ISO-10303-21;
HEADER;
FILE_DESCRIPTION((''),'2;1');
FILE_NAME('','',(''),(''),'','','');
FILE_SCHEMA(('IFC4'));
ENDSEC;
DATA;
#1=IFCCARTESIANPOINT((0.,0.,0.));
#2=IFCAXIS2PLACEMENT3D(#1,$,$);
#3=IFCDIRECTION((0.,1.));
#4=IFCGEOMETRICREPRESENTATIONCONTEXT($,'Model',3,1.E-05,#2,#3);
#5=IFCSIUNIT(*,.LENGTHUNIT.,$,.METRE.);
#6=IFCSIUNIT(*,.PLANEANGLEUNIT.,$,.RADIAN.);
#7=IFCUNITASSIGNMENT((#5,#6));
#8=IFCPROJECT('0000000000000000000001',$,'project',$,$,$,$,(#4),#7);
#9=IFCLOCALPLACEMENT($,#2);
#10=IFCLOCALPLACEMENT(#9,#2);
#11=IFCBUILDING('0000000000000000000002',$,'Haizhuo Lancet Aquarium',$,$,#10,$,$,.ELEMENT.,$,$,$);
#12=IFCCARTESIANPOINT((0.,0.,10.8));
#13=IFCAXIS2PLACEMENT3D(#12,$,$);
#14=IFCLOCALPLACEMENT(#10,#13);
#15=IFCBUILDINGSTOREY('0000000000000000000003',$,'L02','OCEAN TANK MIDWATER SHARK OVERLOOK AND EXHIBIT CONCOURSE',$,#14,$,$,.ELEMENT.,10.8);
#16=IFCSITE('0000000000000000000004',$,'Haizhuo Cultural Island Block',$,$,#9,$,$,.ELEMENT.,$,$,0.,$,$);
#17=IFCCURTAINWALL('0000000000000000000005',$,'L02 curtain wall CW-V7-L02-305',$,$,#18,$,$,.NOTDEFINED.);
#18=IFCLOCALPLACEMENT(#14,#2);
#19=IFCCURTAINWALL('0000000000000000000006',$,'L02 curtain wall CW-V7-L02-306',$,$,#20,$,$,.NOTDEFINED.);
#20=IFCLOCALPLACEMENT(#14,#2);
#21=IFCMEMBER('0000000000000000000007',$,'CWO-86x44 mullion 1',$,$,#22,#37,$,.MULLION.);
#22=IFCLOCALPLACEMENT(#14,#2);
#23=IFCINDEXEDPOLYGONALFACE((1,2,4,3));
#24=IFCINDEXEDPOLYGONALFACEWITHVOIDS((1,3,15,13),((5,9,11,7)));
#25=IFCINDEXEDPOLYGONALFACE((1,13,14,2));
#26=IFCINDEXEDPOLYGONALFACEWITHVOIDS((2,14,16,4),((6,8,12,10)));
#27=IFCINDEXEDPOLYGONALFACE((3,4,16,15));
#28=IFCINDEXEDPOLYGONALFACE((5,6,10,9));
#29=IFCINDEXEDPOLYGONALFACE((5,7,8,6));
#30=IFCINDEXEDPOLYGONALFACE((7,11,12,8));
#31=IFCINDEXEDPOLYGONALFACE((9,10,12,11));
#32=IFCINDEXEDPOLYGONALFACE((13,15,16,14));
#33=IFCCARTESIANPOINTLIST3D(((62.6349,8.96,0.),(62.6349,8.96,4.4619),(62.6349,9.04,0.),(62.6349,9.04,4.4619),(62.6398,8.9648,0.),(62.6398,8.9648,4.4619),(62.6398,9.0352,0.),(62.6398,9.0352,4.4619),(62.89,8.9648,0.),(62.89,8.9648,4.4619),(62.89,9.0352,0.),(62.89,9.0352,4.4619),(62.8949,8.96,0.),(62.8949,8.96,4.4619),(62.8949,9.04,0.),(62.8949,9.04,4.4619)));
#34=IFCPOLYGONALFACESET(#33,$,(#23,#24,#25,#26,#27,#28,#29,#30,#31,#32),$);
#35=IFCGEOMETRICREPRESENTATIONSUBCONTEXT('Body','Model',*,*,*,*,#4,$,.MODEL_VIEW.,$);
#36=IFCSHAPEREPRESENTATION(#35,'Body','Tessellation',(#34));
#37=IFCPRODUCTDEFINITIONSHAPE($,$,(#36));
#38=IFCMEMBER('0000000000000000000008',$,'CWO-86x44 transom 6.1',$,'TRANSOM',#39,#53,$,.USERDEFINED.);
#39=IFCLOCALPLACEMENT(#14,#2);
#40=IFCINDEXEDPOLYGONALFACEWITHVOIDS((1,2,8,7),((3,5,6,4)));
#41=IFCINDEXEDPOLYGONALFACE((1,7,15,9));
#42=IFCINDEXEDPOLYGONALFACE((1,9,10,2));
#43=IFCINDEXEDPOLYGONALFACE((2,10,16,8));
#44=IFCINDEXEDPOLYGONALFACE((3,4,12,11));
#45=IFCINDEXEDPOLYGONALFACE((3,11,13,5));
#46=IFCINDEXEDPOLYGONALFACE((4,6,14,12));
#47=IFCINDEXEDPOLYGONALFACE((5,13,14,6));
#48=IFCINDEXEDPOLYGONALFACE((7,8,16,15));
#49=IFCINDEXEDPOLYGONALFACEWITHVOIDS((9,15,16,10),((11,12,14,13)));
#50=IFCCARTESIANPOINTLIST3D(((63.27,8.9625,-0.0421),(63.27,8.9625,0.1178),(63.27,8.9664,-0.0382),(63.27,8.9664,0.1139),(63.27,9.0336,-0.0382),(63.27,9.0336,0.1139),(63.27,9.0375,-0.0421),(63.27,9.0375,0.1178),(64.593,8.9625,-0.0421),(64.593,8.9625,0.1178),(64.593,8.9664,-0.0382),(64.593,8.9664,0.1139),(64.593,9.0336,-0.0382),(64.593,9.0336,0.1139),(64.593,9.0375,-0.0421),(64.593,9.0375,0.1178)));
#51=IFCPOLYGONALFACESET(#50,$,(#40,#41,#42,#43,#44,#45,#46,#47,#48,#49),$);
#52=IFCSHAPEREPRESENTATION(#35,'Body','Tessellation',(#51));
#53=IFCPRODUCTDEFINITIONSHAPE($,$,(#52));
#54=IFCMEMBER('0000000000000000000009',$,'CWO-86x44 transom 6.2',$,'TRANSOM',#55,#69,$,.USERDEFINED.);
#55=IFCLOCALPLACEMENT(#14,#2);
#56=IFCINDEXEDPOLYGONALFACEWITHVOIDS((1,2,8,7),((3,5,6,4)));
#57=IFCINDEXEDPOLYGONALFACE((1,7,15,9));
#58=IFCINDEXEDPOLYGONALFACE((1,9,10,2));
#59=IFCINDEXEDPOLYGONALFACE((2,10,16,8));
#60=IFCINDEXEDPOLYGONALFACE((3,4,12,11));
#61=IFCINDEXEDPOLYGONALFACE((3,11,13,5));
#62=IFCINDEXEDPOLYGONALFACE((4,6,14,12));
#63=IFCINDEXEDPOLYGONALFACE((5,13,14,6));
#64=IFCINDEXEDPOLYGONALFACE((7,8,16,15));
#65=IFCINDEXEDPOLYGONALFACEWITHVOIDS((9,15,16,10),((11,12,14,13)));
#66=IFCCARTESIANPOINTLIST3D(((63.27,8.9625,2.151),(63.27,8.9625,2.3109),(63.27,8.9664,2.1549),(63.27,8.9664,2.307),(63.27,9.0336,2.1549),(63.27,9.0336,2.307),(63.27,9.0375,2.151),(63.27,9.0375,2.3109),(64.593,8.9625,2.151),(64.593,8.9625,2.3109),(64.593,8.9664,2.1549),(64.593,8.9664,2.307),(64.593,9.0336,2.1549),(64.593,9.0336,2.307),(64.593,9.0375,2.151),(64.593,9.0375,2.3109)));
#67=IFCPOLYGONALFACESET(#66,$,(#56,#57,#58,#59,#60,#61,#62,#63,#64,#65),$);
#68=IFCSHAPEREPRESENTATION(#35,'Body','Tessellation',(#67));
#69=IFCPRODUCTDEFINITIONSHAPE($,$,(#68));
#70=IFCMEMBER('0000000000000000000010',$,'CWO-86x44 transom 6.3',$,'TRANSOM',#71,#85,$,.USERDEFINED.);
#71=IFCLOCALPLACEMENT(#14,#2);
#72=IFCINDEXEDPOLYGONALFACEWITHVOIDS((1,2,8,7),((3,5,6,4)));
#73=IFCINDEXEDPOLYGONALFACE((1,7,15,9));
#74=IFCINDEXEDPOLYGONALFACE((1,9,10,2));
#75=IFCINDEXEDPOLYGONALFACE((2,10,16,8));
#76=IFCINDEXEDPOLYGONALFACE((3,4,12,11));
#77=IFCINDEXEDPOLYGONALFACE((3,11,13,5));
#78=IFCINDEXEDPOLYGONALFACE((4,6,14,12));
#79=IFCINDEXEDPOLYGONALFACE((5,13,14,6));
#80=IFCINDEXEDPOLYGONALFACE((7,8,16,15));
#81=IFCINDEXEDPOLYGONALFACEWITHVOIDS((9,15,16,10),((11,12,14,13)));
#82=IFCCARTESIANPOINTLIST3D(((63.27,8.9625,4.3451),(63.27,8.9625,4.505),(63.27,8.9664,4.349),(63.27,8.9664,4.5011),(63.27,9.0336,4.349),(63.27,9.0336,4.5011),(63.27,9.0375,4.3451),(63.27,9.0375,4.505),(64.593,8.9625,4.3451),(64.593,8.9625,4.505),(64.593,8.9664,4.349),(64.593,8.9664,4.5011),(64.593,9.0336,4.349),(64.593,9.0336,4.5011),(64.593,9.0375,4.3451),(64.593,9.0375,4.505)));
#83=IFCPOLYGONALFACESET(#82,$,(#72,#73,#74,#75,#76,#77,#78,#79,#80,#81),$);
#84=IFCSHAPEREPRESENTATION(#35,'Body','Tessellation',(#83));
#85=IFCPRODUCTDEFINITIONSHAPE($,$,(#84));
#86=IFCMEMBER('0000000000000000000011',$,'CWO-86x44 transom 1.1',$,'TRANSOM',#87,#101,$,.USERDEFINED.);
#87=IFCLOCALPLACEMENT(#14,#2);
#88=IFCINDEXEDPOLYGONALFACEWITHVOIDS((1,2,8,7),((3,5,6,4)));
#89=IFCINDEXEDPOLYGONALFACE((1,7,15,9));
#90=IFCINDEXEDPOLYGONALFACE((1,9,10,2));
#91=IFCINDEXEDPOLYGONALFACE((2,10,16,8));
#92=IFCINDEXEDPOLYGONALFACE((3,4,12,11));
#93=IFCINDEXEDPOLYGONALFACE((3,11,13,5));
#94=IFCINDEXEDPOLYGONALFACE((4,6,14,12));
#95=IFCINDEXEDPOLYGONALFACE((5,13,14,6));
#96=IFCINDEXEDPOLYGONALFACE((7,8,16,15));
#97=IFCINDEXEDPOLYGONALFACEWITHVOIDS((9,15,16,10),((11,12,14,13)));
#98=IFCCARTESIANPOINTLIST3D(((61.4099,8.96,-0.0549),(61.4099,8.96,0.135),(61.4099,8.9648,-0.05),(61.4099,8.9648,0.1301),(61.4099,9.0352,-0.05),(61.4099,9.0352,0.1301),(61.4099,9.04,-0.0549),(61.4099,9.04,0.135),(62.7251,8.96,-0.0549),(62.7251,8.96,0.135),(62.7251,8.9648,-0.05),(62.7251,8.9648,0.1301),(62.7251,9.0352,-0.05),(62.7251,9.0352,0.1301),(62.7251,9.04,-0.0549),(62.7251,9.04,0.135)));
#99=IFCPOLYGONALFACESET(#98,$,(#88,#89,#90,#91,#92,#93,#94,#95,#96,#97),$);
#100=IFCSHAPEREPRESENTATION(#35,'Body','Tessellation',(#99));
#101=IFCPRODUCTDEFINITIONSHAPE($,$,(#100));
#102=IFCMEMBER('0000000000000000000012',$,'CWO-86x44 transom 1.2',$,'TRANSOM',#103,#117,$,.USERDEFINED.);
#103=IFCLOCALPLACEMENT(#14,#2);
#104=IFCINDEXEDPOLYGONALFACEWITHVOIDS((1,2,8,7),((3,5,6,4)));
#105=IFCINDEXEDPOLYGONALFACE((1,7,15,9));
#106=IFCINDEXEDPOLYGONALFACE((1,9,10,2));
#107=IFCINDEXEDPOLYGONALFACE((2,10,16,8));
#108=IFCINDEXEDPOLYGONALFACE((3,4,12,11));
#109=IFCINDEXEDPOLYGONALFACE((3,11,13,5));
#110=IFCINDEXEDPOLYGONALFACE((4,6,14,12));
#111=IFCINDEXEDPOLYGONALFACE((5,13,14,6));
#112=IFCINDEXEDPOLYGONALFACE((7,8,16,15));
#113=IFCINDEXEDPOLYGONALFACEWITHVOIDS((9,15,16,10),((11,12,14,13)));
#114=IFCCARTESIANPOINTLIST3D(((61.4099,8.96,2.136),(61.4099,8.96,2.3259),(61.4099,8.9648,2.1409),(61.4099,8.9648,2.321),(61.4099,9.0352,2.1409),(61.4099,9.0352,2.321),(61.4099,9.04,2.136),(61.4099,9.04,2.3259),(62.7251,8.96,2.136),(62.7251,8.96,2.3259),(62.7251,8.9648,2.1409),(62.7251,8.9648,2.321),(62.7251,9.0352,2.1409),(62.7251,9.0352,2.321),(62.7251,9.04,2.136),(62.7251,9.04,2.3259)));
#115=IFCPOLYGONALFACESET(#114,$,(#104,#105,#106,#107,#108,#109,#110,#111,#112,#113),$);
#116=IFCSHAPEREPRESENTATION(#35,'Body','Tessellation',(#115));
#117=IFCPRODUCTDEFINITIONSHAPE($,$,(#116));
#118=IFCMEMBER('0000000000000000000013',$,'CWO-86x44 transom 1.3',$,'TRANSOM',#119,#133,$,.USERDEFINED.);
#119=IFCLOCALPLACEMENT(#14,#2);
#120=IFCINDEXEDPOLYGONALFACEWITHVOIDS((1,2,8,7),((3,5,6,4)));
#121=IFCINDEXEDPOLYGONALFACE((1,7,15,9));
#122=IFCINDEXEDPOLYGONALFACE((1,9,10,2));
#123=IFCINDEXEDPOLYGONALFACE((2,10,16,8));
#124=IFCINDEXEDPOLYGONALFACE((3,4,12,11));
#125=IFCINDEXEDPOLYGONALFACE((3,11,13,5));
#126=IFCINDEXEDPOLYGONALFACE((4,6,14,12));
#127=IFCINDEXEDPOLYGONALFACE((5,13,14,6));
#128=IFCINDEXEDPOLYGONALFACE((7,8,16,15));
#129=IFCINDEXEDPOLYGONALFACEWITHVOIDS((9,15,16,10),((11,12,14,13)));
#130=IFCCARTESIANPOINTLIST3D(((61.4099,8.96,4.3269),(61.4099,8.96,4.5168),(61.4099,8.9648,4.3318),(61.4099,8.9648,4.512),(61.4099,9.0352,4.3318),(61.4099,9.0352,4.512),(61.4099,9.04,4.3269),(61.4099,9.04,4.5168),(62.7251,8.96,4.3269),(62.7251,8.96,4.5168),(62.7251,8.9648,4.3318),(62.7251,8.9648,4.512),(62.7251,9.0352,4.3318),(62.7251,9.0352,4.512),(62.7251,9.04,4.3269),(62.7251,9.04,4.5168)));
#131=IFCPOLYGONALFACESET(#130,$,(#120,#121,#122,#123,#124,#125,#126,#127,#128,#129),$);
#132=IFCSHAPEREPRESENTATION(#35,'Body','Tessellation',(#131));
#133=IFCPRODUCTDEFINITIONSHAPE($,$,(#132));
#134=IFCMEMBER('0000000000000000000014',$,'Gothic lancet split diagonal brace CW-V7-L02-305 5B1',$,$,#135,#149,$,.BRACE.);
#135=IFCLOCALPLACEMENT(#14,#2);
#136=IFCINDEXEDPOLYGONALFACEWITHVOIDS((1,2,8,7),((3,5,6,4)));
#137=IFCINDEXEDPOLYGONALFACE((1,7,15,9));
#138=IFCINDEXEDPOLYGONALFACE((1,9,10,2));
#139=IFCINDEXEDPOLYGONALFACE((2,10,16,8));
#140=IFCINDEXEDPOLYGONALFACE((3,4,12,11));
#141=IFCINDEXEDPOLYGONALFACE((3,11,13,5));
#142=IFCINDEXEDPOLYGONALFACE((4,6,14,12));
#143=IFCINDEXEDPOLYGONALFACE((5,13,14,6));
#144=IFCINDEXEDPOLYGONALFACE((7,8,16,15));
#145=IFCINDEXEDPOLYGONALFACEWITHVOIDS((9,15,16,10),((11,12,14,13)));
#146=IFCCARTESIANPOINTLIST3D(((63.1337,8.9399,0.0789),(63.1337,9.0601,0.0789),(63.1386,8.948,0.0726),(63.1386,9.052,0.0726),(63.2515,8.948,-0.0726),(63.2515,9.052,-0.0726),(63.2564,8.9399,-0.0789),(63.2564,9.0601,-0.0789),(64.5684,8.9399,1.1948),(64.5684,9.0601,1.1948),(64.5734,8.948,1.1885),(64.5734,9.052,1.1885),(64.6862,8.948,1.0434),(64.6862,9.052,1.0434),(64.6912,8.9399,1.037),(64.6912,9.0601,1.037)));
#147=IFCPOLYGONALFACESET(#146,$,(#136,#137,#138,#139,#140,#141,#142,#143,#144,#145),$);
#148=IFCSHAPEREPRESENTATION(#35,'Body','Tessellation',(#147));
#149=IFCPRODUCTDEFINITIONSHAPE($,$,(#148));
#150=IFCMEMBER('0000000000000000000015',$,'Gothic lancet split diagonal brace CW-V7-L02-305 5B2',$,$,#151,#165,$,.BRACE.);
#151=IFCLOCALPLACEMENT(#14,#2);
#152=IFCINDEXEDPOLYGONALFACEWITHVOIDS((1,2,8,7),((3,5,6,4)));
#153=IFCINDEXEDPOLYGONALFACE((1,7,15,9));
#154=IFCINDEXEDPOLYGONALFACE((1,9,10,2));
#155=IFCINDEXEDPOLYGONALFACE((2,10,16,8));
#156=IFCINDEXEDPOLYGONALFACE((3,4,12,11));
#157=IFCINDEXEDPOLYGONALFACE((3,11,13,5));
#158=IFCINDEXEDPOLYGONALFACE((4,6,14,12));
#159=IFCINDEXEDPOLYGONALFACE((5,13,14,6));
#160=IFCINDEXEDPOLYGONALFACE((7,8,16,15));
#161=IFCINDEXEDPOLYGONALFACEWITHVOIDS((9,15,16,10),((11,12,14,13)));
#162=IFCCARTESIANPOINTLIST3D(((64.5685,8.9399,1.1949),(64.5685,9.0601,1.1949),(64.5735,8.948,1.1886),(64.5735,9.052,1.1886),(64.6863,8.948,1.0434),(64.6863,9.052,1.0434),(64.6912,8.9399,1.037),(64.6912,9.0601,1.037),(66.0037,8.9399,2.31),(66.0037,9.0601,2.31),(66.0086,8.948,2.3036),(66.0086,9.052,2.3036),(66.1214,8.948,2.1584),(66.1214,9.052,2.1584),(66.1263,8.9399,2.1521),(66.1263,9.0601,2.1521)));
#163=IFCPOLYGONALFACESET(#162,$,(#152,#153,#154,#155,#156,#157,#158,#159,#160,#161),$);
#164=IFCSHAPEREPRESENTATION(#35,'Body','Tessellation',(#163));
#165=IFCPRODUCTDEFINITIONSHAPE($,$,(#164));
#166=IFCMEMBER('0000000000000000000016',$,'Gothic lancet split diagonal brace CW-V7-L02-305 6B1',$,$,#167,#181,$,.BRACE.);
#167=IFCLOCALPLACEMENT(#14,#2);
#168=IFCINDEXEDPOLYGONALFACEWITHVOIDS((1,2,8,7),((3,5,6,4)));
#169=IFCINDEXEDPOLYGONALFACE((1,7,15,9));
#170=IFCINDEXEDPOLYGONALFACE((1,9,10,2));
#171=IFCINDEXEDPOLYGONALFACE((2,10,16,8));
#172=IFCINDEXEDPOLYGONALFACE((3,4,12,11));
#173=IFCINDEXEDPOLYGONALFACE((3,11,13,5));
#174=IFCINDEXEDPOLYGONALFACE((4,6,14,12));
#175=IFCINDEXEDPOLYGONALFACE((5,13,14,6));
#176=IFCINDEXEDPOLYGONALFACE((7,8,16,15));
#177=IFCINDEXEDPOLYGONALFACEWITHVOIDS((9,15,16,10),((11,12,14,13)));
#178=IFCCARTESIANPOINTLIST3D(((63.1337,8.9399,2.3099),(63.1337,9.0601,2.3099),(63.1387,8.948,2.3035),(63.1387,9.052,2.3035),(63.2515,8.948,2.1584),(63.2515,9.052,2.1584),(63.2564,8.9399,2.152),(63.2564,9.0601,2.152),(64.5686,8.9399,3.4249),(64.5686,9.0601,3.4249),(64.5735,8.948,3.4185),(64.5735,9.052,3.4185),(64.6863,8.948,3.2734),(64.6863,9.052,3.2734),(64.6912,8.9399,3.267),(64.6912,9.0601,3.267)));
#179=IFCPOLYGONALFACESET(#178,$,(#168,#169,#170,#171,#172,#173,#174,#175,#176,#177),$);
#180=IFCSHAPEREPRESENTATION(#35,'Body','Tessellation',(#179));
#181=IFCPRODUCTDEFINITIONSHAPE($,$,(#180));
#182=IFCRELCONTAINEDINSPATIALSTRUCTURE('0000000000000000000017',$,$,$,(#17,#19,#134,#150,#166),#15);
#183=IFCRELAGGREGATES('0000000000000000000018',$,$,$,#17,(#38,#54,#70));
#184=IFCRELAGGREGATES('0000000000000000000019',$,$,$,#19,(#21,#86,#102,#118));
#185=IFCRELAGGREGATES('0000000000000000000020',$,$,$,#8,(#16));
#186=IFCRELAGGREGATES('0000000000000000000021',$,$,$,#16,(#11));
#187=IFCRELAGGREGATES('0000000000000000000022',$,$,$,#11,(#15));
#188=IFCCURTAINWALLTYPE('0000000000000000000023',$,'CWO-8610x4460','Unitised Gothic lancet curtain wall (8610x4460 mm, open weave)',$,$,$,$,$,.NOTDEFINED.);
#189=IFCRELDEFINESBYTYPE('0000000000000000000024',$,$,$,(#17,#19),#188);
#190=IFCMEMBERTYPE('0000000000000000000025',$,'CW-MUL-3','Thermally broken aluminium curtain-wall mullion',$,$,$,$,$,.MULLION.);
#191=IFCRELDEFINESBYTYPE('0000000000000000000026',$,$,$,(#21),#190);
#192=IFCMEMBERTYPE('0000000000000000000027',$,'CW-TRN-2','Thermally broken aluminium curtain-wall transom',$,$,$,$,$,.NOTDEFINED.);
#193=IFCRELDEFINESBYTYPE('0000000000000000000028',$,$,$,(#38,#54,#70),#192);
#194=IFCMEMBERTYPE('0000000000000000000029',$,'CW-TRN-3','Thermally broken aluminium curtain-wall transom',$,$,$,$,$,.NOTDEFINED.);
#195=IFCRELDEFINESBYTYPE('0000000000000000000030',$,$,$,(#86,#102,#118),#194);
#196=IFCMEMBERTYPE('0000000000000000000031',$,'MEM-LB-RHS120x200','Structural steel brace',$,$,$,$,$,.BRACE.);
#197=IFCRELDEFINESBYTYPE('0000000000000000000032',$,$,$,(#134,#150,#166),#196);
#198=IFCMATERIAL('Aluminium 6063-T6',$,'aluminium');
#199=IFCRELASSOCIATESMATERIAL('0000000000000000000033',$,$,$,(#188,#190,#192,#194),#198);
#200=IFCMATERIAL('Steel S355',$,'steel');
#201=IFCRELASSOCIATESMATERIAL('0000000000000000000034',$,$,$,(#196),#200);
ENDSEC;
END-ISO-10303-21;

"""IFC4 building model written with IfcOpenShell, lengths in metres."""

from ifc_helpers import new_model, si_unit, direction, frame, origin, origin_2d, place, context, subcontext, project, spatial, hollow_rectangle, extrude, material, material_profile, profile_set, type_object, element, aggregate, save


model = new_model("IFC4")

# Units and contexts
model_context = context("Model", 3, precision=1e-05, world=origin(), true_north=direction((0.0, 1.0)))
body_context = subcontext(model_context, "Body", "Model", "MODEL_VIEW")
ifc_project = project(units=[si_unit("LENGTHUNIT", "METRE"), si_unit("PLANEANGLEUNIT", "RADIAN")], contexts=[model_context])

# Site, building, storey
site_placement = place(None, origin())
site = spatial("IfcSite", under=ifc_project, at=site_placement, Name="Haizhuo Cultural Island Block", CompositionType="ELEMENT", RefElevation=0.0)
building_placement = place(site_placement, origin())
building = spatial("IfcBuilding", under=site, at=building_placement, Name="Haizhuo Lancet Aquarium", CompositionType="ELEMENT")
storey_placement = place(building_placement, frame((0.0, 0.0, 10.8)))
storey = spatial("IfcBuildingStorey", under=building, at=storey_placement, Name="L02", Description="OCEAN TANK MIDWATER SHARK OVERLOOK AND EXHIBIT CONCOURSE", CompositionType="ELEMENT", Elevation=10.8)

# Shared definitions
ifc_material_1 = material(Name="Steel S355", Category="steel")

# Curtain wall
ifc_material_2 = material(Name="Aluminium 6063-T6", Category="aluminium")
curtain_wall_type = type_object("IfcCurtainWallType", Name="CWO-8610x4460", Description="Unitised Gothic lancet curtain wall (8610x4460 mm, open weave)", PredefinedType="NOTDEFINED", material=ifc_material_2)
curtain_wall_1_placement = place(storey_placement, origin())
curtain_wall_1 = element("IfcCurtainWall", 1, at=curtain_wall_1_placement, inside=storey, type_object=curtain_wall_type, Name="L02 curtain wall CW-V7-L02-305", PredefinedType="NOTDEFINED")

# Curtain wall, member
curtain_wall_2_placement = place(storey_placement, origin())
curtain_wall_2 = element("IfcCurtainWall", 2, at=curtain_wall_2_placement, inside=storey, type_object=curtain_wall_type, Name="L02 curtain wall CW-V7-L02-306", PredefinedType="NOTDEFINED")
ifc_material_profile_1 = material_profile(ifc_material_2, hollow_rectangle(XDim=0.0801, YDim=0.26, WallThickness=0.0049, at=origin_2d()), Name="ALU-M 80x260x5")
ifc_profile_set_1 = profile_set([ifc_material_profile_1], Name="Aluminium 6063-T6")
member_type_1 = type_object("IfcMemberType", Name="CW-MUL-3", Description="Thermally broken aluminium curtain-wall mullion", PredefinedType="MULLION", material=ifc_profile_set_1)
member_1_placement = place(storey_placement, frame((62.7649, 9.0, 0.0), z_axis=(0.0, 0.0, 1.0), x_axis=(0.0, -1.0, 0.0)))
member_1 = element("IfcMember", 3, at=member_1_placement, type_object=member_type_1, Name="CWO-86x44 mullion 1", PredefinedType="MULLION", context=body_context, shape_type="SweptSolid", body=[
    extrude(hollow_rectangle(XDim=0.0801, YDim=0.26, WallThickness=0.0049, at=origin_2d()), origin(), (0.0, 0.0, 1.0), 4.4619),
])

# Members
ifc_material_profile_2 = material_profile(ifc_material_2, hollow_rectangle(XDim=0.075, YDim=0.1599, WallThickness=0.0039, at=origin_2d()), Name="ALU-T 75x160x4")
ifc_profile_set_2 = profile_set([ifc_material_profile_2], Name="Aluminium 6063-T6")
member_type_2 = type_object("IfcMemberType", Name="CW-TRN-2", Description="Thermally broken aluminium curtain-wall transom", PredefinedType="NOTDEFINED", material=ifc_profile_set_2)
member_2_placement = place(storey_placement, frame((64.593, 9.0, 0.0378), z_axis=(-1.0, 0.0, 0.0), x_axis=(0.0, -1.0, 0.0)))
member_2 = element("IfcMember", 4, at=member_2_placement, type_object=member_type_2, Name="CWO-86x44 transom 6.1", ObjectType="TRANSOM", PredefinedType="USERDEFINED", context=body_context, shape_type="SweptSolid", body=[
    extrude(hollow_rectangle(XDim=0.075, YDim=0.1599, WallThickness=0.0039, at=origin_2d()), origin(), (0.0, 0.0, 1.0), 1.323),
])
member_3_placement = place(storey_placement, frame((64.593, 9.0, 2.231), z_axis=(-1.0, 0.0, 0.0), x_axis=(0.0, -1.0, 0.0)))
member_3 = element("IfcMember", 5, at=member_3_placement, type_object=member_type_2, Name="CWO-86x44 transom 6.2", ObjectType="TRANSOM", PredefinedType="USERDEFINED", context=body_context, shape_type="SweptSolid", body=[
    extrude(hollow_rectangle(XDim=0.075, YDim=0.1599, WallThickness=0.0039, at=origin_2d()), origin(), (0.0, 0.0, 1.0), 1.323),
])
member_4_placement = place(storey_placement, frame((64.593, 9.0, 4.425), z_axis=(-1.0, 0.0, 0.0), x_axis=(0.0, -1.0, 0.0)))
member_4 = element("IfcMember", 6, at=member_4_placement, type_object=member_type_2, Name="CWO-86x44 transom 6.3", ObjectType="TRANSOM", PredefinedType="USERDEFINED", context=body_context, shape_type="SweptSolid", body=[
    extrude(hollow_rectangle(XDim=0.075, YDim=0.1599, WallThickness=0.0039, at=origin_2d()), origin(), (0.0, 0.0, 1.0), 1.323),
])
ifc_material_profile_3 = material_profile(ifc_material_2, hollow_rectangle(XDim=0.0801, YDim=0.1899, WallThickness=0.0049, at=origin_2d()), Name="ALU-T 80x190x5")
ifc_profile_set_3 = profile_set([ifc_material_profile_3], Name="Aluminium 6063-T6")
member_type_3 = type_object("IfcMemberType", Name="CW-TRN-3", Description="Thermally broken aluminium curtain-wall transom", PredefinedType="NOTDEFINED", material=ifc_profile_set_3)
member_5_placement = place(storey_placement, frame((62.7251, 9.0, 0.04), z_axis=(-1.0, 0.0, 0.0), x_axis=(0.0, -1.0, 0.0)))
member_5 = element("IfcMember", 7, at=member_5_placement, type_object=member_type_3, Name="CWO-86x44 transom 1.1", ObjectType="TRANSOM", PredefinedType="USERDEFINED", context=body_context, shape_type="SweptSolid", body=[
    extrude(hollow_rectangle(XDim=0.0801, YDim=0.1899, WallThickness=0.0049, at=origin_2d()), origin(), (0.0, 0.0, 1.0), 1.3152),
])
member_6_placement = place(storey_placement, frame((62.7251, 9.0, 2.231), z_axis=(-1.0, 0.0, 0.0), x_axis=(0.0, -1.0, 0.0)))
member_6 = element("IfcMember", 8, at=member_6_placement, type_object=member_type_3, Name="CWO-86x44 transom 1.2", ObjectType="TRANSOM", PredefinedType="USERDEFINED", context=body_context, shape_type="SweptSolid", body=[
    extrude(hollow_rectangle(XDim=0.0801, YDim=0.1899, WallThickness=0.0049, at=origin_2d()), origin(), (0.0, 0.0, 1.0), 1.3152),
])
member_7_placement = place(storey_placement, frame((62.7251, 9.0, 4.4219), z_axis=(-1.0, 0.0, 0.0), x_axis=(0.0, -1.0, 0.0)))
member_7 = element("IfcMember", 9, at=member_7_placement, type_object=member_type_3, Name="CWO-86x44 transom 1.3", ObjectType="TRANSOM", PredefinedType="USERDEFINED", context=body_context, shape_type="SweptSolid", body=[
    extrude(hollow_rectangle(XDim=0.0801, YDim=0.1899, WallThickness=0.0049, at=origin_2d()), origin(), (0.0, 0.0, 1.0), 1.3152),
])

# Members
ifc_material_profile_4 = material_profile(ifc_material_1, hollow_rectangle(XDim=0.1201, YDim=0.2, WallThickness=0.0081, at=origin_2d()), Name="RHS 120x200x8")
ifc_profile_set_4 = profile_set([ifc_material_profile_4], Name="Steel S355")
member_type_4 = type_object("IfcMemberType", Name="MEM-LB-RHS120x200", Description="Structural steel brace", PredefinedType="BRACE", material=ifc_profile_set_4)
member_8_placement = place(storey_placement, frame((63.1951, 9.0, 0.0), z_axis=(0.789352, 0.0, 0.613941), x_axis=(0.0, 1.0, 0.0)))
element("IfcMember", 10, at=member_8_placement, inside=storey, type_object=member_type_4, Name="Gothic lancet split diagonal brace CW-V7-L02-305 5B1", PredefinedType="BRACE", context=body_context, shape_type="SweptSolid", body=[
    extrude(hollow_rectangle(XDim=0.1201, YDim=0.2, WallThickness=0.0081, at=origin_2d()), origin(), (0.0, 0.0, 1.0), 1.8176),
])
member_9_placement = place(storey_placement, frame((64.6299, 9.0, 1.116), z_axis=(0.789663, 0.0, 0.613541), x_axis=(0.0, 1.0, 0.0)))
element("IfcMember", 11, at=member_9_placement, inside=storey, type_object=member_type_4, Name="Gothic lancet split diagonal brace CW-V7-L02-305 5B2", PredefinedType="BRACE", context=body_context, shape_type="SweptSolid", body=[
    extrude(hollow_rectangle(XDim=0.1201, YDim=0.2, WallThickness=0.0081, at=origin_2d()), origin(), (0.0, 0.0, 1.0), 1.8174),
])
member_10_placement = place(storey_placement, frame((63.1951, 9.0, 2.231), z_axis=(0.789613, 0.0, 0.613606), x_axis=(0.0, 1.0, 0.0)))
element("IfcMember", 12, at=member_10_placement, inside=storey, type_object=member_type_4, Name="Gothic lancet split diagonal brace CW-V7-L02-305 6B1", PredefinedType="BRACE", context=body_context, shape_type="SweptSolid", body=[
    extrude(hollow_rectangle(XDim=0.1201, YDim=0.2, WallThickness=0.0081, at=origin_2d()), origin(), (0.0, 0.0, 1.0), 1.8171),
])

aggregate(curtain_wall_1, [member_2, member_3, member_4])
aggregate(curtain_wall_2, [member_1, member_5, member_6, member_7])

save(model, "model.ifc")
